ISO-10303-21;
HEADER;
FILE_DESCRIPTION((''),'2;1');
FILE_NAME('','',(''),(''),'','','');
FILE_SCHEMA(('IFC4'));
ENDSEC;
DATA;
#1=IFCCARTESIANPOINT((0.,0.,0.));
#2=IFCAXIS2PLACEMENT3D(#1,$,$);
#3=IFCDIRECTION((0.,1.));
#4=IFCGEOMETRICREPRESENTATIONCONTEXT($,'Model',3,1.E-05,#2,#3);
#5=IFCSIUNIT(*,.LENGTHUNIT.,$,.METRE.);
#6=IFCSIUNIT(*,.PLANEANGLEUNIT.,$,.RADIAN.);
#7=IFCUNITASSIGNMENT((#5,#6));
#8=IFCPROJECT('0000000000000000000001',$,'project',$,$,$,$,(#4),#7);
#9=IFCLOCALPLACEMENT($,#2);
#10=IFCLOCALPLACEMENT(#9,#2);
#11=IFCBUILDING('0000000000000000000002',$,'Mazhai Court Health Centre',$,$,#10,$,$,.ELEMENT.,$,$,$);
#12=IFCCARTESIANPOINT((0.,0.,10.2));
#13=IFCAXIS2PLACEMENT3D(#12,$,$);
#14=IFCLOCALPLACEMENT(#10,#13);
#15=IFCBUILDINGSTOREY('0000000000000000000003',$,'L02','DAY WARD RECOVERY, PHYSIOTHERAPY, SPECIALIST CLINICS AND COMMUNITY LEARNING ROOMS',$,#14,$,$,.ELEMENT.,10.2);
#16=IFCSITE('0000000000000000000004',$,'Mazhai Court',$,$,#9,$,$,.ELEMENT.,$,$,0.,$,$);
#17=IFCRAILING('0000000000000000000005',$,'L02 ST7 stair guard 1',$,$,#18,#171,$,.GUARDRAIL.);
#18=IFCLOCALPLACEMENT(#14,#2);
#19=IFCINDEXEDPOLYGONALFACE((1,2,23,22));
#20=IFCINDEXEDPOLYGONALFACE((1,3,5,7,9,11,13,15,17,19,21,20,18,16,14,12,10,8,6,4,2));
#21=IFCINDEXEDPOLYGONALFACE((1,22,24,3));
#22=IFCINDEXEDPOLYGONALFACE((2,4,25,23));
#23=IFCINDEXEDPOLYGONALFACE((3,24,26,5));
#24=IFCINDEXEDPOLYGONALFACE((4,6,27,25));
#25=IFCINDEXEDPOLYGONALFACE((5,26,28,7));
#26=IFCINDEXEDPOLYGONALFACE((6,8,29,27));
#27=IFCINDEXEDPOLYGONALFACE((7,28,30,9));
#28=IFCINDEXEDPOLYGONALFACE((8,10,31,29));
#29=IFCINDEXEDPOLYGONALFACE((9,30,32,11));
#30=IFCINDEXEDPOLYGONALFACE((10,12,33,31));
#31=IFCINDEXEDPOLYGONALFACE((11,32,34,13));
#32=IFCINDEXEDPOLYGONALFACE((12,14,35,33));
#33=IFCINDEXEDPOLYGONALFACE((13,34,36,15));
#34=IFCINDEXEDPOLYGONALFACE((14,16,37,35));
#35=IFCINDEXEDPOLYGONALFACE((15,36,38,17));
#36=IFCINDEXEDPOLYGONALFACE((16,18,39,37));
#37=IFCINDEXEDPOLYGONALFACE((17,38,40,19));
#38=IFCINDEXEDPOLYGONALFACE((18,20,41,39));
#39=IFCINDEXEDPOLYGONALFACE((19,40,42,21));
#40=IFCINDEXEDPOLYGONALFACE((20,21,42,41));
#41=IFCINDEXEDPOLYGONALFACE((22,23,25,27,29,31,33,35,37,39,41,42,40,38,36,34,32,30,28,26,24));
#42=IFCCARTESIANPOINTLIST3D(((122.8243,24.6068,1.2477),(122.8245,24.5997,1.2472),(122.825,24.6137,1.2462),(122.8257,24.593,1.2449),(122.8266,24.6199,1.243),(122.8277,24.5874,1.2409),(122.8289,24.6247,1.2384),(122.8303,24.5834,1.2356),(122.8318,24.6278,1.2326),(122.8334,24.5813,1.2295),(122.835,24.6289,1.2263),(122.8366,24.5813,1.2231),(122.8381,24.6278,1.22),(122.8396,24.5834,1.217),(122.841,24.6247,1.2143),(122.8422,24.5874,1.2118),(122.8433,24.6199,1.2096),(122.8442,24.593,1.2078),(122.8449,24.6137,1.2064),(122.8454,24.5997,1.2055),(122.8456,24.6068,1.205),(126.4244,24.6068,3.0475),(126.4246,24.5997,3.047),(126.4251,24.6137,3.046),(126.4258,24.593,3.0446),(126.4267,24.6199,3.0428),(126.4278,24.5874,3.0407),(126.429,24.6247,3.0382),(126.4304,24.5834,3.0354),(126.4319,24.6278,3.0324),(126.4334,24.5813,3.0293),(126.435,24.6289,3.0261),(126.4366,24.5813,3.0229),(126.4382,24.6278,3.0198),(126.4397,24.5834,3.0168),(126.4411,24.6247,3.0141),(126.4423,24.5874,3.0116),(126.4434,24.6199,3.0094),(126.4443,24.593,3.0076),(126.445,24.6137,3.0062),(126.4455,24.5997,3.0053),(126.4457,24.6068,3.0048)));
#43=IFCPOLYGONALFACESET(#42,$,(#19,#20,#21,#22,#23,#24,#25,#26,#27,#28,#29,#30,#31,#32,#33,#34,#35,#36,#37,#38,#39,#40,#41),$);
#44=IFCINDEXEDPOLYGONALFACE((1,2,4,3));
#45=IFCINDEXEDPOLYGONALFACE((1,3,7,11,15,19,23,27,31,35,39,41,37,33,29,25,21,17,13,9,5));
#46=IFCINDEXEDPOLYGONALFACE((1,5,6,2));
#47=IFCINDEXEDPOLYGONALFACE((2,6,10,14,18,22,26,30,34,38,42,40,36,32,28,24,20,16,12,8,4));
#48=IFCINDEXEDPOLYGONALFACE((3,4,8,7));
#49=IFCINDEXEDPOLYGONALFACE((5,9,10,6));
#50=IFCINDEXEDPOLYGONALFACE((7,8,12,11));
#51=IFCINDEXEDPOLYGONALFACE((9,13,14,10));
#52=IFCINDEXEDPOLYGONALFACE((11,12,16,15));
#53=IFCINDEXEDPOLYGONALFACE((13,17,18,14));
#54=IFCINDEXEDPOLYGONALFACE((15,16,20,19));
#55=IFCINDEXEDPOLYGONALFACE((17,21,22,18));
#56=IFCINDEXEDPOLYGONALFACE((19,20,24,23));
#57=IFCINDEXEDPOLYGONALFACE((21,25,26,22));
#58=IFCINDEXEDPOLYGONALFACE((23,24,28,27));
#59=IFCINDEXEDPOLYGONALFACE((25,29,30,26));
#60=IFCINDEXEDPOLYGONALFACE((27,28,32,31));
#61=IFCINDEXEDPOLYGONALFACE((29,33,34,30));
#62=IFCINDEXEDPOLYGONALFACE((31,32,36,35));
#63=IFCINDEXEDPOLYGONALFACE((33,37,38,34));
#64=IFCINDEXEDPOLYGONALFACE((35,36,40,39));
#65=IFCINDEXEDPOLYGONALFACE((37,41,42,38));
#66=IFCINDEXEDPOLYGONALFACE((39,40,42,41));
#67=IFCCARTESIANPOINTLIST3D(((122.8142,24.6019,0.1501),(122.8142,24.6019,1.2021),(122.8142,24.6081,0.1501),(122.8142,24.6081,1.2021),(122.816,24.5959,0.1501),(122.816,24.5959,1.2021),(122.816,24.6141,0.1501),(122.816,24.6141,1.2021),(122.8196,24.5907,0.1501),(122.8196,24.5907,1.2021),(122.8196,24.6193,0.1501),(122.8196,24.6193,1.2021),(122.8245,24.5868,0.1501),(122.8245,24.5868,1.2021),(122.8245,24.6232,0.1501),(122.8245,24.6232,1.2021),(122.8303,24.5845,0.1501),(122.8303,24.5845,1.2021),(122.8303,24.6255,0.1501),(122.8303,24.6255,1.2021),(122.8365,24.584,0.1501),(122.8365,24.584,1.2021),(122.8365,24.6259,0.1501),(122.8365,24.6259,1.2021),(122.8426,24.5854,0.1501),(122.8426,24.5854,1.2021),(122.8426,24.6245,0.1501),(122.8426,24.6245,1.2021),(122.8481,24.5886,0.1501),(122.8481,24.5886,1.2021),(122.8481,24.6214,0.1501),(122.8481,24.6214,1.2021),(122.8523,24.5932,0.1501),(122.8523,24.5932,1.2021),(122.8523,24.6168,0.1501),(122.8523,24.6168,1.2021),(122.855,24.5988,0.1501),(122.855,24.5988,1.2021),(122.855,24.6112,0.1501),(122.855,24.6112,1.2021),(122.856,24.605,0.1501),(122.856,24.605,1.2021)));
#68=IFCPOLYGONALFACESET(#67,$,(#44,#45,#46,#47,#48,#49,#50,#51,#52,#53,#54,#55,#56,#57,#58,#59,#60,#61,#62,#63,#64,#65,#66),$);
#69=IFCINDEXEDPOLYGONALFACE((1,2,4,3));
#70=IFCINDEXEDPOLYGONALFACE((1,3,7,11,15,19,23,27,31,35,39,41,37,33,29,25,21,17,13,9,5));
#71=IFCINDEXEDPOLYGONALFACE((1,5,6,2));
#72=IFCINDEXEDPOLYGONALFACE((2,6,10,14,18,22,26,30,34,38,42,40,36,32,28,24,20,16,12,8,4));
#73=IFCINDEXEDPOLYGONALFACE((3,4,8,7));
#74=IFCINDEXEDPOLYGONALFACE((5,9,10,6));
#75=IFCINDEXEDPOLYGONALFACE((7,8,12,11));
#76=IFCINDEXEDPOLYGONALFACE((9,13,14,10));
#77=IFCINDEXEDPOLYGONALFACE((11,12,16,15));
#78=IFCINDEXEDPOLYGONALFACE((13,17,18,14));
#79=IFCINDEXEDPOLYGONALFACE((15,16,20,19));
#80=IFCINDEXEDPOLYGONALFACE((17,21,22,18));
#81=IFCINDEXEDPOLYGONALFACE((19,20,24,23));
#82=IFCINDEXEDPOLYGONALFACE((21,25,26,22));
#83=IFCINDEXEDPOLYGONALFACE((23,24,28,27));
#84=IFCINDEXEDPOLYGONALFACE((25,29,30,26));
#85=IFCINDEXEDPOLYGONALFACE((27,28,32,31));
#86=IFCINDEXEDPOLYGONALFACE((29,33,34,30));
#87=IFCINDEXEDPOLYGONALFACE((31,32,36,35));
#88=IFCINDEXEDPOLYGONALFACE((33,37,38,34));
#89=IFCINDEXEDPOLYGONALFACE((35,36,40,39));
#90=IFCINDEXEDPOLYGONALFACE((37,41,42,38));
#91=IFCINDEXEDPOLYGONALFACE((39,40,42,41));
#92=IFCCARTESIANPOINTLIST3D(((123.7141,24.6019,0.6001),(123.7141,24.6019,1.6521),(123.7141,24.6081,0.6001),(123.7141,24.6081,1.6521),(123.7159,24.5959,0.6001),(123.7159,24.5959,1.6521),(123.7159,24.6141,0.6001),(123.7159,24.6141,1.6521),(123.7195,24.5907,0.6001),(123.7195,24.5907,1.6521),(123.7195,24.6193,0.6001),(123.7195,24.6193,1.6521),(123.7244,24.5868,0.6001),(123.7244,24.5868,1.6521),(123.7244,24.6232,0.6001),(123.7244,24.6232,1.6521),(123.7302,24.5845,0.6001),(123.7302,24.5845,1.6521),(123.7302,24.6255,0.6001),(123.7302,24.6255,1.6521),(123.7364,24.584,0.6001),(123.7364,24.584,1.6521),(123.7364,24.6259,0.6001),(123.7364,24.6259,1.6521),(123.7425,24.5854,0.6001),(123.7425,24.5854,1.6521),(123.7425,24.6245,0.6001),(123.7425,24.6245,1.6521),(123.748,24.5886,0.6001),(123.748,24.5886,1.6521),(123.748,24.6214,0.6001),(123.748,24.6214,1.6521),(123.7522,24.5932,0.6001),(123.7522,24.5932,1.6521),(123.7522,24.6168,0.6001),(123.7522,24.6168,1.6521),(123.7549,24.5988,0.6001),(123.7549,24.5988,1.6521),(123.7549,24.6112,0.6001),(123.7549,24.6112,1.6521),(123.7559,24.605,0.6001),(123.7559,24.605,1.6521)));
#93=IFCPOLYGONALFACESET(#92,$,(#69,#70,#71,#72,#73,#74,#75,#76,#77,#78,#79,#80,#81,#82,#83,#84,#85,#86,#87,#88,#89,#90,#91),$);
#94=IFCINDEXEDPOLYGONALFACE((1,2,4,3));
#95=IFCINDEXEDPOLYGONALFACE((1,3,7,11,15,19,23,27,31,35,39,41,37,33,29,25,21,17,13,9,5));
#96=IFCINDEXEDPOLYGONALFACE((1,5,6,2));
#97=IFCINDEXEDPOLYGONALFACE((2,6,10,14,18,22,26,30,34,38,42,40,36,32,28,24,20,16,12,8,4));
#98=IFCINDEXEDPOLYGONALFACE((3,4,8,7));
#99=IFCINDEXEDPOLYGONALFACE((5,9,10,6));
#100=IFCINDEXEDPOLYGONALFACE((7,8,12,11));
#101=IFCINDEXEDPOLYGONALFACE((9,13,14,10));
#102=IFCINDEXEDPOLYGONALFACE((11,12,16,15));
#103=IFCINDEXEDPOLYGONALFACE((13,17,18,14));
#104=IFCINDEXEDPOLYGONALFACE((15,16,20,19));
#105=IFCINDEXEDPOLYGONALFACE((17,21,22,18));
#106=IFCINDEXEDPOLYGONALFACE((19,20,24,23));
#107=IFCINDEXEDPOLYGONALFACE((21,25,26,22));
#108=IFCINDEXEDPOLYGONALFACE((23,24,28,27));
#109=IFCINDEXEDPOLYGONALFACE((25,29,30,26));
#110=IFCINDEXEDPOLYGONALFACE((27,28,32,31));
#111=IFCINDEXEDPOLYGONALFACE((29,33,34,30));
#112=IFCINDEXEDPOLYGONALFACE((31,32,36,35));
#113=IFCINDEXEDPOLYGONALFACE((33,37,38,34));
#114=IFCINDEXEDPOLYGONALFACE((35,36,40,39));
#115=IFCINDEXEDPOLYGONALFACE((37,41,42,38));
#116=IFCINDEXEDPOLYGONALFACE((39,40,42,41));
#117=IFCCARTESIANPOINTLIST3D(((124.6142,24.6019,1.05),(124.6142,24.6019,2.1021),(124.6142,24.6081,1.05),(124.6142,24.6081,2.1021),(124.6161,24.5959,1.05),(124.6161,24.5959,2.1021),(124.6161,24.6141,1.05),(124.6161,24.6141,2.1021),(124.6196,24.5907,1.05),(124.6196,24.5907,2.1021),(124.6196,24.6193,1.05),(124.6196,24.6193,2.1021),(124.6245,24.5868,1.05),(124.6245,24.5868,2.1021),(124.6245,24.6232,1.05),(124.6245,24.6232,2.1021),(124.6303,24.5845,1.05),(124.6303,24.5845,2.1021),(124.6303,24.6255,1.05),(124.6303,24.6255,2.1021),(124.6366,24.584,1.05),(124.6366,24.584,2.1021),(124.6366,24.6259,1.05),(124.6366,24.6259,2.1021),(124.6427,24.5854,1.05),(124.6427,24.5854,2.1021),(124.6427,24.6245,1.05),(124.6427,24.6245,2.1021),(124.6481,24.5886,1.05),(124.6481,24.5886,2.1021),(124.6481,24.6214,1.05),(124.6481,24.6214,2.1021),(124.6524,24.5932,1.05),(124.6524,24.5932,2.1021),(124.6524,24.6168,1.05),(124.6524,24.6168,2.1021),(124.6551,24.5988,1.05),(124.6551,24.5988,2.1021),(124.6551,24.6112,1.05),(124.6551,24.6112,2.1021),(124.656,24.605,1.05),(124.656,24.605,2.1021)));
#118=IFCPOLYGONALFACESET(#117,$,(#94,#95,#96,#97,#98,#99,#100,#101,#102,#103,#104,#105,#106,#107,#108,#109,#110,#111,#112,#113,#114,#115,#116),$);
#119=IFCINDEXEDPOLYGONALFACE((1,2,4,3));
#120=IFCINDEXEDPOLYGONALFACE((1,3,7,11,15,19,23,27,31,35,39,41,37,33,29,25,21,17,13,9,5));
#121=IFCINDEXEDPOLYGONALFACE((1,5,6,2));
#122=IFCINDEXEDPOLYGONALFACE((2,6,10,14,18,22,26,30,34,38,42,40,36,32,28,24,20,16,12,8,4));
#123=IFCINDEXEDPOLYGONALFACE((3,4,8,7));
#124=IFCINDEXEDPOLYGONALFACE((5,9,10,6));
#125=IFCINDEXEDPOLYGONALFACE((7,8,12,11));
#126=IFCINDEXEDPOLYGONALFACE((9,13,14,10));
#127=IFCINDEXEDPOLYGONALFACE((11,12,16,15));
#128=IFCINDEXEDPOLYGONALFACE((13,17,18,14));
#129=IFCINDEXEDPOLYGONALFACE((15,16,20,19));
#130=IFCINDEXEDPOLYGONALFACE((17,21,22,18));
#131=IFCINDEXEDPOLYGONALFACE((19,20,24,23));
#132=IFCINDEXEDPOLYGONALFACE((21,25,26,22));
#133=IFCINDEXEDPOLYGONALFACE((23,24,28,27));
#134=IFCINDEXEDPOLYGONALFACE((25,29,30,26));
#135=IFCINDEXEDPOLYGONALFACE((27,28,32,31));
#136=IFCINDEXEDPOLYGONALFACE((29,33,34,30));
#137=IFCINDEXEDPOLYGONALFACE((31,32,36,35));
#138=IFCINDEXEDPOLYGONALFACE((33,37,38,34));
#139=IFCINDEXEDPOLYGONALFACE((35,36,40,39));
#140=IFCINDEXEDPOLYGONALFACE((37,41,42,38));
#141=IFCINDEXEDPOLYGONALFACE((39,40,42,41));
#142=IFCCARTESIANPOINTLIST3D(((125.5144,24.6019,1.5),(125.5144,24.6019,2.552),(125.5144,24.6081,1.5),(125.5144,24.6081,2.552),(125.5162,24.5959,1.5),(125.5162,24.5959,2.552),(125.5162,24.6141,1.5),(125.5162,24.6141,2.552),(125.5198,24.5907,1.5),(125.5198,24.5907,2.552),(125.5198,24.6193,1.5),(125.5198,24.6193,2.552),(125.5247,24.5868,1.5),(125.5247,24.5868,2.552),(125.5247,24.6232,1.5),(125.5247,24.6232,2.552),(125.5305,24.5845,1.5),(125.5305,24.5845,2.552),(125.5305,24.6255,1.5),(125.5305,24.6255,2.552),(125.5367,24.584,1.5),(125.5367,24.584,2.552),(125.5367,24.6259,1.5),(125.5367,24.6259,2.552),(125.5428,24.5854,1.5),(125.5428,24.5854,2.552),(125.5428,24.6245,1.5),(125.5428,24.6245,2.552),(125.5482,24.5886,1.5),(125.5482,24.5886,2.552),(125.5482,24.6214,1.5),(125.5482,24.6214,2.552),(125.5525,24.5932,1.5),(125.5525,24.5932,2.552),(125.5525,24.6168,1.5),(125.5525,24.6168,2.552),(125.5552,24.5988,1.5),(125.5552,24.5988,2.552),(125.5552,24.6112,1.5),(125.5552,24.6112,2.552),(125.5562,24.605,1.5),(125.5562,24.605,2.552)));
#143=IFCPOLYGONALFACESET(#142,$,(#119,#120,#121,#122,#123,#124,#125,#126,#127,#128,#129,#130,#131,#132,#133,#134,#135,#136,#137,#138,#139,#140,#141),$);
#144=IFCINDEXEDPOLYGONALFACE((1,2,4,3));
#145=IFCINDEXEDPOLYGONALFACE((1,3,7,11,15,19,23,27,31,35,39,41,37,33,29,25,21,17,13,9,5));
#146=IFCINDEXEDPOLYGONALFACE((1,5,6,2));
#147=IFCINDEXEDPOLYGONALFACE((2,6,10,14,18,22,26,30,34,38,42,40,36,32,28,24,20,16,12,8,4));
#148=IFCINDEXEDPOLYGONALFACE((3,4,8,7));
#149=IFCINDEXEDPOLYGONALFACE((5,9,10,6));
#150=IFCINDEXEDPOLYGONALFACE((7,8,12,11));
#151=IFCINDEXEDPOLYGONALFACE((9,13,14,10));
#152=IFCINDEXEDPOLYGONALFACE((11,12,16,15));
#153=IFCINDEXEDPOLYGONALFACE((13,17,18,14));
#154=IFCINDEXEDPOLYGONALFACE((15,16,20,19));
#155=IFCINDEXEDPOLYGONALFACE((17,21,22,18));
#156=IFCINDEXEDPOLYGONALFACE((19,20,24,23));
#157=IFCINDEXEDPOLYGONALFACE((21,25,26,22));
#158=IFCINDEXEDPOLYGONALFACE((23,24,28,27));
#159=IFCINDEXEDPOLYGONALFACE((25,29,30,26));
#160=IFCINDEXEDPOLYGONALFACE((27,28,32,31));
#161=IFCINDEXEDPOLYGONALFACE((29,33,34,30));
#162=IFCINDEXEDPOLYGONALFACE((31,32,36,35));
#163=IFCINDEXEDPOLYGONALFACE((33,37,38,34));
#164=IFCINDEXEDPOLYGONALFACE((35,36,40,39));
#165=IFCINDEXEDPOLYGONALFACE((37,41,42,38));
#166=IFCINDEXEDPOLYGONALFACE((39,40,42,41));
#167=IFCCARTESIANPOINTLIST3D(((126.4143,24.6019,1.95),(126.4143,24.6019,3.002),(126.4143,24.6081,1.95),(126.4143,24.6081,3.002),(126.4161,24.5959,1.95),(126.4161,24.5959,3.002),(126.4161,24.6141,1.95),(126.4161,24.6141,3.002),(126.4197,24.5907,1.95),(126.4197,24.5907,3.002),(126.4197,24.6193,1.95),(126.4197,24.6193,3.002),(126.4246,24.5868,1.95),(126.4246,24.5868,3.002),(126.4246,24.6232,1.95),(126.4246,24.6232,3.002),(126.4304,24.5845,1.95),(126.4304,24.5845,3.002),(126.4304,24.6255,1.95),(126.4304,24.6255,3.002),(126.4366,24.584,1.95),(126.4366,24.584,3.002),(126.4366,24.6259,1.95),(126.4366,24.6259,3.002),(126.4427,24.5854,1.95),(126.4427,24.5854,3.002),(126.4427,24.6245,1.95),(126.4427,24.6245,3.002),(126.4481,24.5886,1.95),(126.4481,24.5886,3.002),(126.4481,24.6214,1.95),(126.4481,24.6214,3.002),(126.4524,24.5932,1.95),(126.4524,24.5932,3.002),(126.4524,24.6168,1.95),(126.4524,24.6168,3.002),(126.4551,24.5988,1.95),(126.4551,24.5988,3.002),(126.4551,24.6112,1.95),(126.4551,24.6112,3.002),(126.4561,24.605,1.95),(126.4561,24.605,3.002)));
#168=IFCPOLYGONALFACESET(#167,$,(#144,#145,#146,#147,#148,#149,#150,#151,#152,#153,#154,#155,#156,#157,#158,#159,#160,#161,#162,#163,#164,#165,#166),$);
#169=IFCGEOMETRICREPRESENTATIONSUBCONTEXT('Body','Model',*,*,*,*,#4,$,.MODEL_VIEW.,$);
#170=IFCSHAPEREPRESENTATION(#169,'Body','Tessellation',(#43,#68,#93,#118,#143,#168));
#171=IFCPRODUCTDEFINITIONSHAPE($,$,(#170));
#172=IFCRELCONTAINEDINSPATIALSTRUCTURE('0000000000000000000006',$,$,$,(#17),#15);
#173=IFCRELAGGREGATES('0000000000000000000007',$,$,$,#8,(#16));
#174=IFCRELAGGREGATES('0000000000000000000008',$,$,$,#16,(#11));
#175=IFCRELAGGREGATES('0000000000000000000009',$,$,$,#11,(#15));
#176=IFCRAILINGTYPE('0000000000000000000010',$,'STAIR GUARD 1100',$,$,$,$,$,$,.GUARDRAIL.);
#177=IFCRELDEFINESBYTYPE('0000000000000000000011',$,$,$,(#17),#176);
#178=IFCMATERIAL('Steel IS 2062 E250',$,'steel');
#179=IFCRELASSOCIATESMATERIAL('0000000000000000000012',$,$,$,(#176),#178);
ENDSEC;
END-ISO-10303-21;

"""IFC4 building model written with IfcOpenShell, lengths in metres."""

from ifc_helpers import new_model, si_unit, direction, frame, origin, origin_2d, place, context, subcontext, project, spatial, circle, extrude, material, type_object, element, save


model = new_model("IFC4")

# Units and contexts
model_context = context("Model", 3, precision=1e-05, world=origin(), true_north=direction((0.0, 1.0)))
body_context = subcontext(model_context, "Body", "Model", "MODEL_VIEW")
ifc_project = project(units=[si_unit("LENGTHUNIT", "METRE"), si_unit("PLANEANGLEUNIT", "RADIAN")], contexts=[model_context])

# Site, building, storey
site_placement = place(None, origin())
site = spatial("IfcSite", under=ifc_project, at=site_placement, Name="Mazhai Court", CompositionType="ELEMENT", RefElevation=0.0)
building_placement = place(site_placement, origin())
building = spatial("IfcBuilding", under=site, at=building_placement, Name="Mazhai Court Health Centre", CompositionType="ELEMENT")
storey_placement = place(building_placement, frame((0.0, 0.0, 10.2)))
storey = spatial("IfcBuildingStorey", under=building, at=storey_placement, Name="L02", Description="DAY WARD RECOVERY, PHYSIOTHERAPY, SPECIALIST CLINICS AND COMMUNITY LEARNING ROOMS", CompositionType="ELEMENT", Elevation=10.2)

# Railing
ifc_material_1 = material(Name="Steel IS 2062 E250", Category="steel")
railing_type = type_object("IfcRailingType", Name="STAIR GUARD 1100", PredefinedType="GUARDRAIL", material=ifc_material_1)
railing_1_placement = place(storey_placement, frame((122.835, 24.605, 0.1501)))
element("IfcRailing", 1, at=railing_1_placement, inside=storey, type_object=railing_type, Name="L02 ST7 stair guard 1", PredefinedType="GUARDRAIL", context=body_context, shape_type="SweptSolid", body=[
    extrude(circle(Radius=0.0239, at=origin_2d()), frame((0.0, 0.0, 1.0762), z_axis=(0.894451, 0.0, 0.447165), x_axis=(0.0, 1.0, 0.0)), (0.0, 0.0, 1.0), 4.0249),
    extrude(circle(Radius=0.021, at=origin_2d()), origin(), (0.0, 0.0, 1.0), 1.052),
    extrude(circle(Radius=0.021, at=origin_2d()), frame((0.8999, 0.0, 0.45)), (0.0, 0.0, 1.0), 1.052),
    extrude(circle(Radius=0.021, at=origin_2d()), frame((1.8, 0.0, 0.8999)), (0.0, 0.0, 1.0), 1.052),
    extrude(circle(Radius=0.021, at=origin_2d()), frame((2.7002, 0.0, 1.3499)), (0.0, 0.0, 1.0), 1.052),
    extrude(circle(Radius=0.021, at=origin_2d()), frame((3.6001, 0.0, 1.7998)), (0.0, 0.0, 1.0), 1.052),
])

save(model, "model.ifc")
